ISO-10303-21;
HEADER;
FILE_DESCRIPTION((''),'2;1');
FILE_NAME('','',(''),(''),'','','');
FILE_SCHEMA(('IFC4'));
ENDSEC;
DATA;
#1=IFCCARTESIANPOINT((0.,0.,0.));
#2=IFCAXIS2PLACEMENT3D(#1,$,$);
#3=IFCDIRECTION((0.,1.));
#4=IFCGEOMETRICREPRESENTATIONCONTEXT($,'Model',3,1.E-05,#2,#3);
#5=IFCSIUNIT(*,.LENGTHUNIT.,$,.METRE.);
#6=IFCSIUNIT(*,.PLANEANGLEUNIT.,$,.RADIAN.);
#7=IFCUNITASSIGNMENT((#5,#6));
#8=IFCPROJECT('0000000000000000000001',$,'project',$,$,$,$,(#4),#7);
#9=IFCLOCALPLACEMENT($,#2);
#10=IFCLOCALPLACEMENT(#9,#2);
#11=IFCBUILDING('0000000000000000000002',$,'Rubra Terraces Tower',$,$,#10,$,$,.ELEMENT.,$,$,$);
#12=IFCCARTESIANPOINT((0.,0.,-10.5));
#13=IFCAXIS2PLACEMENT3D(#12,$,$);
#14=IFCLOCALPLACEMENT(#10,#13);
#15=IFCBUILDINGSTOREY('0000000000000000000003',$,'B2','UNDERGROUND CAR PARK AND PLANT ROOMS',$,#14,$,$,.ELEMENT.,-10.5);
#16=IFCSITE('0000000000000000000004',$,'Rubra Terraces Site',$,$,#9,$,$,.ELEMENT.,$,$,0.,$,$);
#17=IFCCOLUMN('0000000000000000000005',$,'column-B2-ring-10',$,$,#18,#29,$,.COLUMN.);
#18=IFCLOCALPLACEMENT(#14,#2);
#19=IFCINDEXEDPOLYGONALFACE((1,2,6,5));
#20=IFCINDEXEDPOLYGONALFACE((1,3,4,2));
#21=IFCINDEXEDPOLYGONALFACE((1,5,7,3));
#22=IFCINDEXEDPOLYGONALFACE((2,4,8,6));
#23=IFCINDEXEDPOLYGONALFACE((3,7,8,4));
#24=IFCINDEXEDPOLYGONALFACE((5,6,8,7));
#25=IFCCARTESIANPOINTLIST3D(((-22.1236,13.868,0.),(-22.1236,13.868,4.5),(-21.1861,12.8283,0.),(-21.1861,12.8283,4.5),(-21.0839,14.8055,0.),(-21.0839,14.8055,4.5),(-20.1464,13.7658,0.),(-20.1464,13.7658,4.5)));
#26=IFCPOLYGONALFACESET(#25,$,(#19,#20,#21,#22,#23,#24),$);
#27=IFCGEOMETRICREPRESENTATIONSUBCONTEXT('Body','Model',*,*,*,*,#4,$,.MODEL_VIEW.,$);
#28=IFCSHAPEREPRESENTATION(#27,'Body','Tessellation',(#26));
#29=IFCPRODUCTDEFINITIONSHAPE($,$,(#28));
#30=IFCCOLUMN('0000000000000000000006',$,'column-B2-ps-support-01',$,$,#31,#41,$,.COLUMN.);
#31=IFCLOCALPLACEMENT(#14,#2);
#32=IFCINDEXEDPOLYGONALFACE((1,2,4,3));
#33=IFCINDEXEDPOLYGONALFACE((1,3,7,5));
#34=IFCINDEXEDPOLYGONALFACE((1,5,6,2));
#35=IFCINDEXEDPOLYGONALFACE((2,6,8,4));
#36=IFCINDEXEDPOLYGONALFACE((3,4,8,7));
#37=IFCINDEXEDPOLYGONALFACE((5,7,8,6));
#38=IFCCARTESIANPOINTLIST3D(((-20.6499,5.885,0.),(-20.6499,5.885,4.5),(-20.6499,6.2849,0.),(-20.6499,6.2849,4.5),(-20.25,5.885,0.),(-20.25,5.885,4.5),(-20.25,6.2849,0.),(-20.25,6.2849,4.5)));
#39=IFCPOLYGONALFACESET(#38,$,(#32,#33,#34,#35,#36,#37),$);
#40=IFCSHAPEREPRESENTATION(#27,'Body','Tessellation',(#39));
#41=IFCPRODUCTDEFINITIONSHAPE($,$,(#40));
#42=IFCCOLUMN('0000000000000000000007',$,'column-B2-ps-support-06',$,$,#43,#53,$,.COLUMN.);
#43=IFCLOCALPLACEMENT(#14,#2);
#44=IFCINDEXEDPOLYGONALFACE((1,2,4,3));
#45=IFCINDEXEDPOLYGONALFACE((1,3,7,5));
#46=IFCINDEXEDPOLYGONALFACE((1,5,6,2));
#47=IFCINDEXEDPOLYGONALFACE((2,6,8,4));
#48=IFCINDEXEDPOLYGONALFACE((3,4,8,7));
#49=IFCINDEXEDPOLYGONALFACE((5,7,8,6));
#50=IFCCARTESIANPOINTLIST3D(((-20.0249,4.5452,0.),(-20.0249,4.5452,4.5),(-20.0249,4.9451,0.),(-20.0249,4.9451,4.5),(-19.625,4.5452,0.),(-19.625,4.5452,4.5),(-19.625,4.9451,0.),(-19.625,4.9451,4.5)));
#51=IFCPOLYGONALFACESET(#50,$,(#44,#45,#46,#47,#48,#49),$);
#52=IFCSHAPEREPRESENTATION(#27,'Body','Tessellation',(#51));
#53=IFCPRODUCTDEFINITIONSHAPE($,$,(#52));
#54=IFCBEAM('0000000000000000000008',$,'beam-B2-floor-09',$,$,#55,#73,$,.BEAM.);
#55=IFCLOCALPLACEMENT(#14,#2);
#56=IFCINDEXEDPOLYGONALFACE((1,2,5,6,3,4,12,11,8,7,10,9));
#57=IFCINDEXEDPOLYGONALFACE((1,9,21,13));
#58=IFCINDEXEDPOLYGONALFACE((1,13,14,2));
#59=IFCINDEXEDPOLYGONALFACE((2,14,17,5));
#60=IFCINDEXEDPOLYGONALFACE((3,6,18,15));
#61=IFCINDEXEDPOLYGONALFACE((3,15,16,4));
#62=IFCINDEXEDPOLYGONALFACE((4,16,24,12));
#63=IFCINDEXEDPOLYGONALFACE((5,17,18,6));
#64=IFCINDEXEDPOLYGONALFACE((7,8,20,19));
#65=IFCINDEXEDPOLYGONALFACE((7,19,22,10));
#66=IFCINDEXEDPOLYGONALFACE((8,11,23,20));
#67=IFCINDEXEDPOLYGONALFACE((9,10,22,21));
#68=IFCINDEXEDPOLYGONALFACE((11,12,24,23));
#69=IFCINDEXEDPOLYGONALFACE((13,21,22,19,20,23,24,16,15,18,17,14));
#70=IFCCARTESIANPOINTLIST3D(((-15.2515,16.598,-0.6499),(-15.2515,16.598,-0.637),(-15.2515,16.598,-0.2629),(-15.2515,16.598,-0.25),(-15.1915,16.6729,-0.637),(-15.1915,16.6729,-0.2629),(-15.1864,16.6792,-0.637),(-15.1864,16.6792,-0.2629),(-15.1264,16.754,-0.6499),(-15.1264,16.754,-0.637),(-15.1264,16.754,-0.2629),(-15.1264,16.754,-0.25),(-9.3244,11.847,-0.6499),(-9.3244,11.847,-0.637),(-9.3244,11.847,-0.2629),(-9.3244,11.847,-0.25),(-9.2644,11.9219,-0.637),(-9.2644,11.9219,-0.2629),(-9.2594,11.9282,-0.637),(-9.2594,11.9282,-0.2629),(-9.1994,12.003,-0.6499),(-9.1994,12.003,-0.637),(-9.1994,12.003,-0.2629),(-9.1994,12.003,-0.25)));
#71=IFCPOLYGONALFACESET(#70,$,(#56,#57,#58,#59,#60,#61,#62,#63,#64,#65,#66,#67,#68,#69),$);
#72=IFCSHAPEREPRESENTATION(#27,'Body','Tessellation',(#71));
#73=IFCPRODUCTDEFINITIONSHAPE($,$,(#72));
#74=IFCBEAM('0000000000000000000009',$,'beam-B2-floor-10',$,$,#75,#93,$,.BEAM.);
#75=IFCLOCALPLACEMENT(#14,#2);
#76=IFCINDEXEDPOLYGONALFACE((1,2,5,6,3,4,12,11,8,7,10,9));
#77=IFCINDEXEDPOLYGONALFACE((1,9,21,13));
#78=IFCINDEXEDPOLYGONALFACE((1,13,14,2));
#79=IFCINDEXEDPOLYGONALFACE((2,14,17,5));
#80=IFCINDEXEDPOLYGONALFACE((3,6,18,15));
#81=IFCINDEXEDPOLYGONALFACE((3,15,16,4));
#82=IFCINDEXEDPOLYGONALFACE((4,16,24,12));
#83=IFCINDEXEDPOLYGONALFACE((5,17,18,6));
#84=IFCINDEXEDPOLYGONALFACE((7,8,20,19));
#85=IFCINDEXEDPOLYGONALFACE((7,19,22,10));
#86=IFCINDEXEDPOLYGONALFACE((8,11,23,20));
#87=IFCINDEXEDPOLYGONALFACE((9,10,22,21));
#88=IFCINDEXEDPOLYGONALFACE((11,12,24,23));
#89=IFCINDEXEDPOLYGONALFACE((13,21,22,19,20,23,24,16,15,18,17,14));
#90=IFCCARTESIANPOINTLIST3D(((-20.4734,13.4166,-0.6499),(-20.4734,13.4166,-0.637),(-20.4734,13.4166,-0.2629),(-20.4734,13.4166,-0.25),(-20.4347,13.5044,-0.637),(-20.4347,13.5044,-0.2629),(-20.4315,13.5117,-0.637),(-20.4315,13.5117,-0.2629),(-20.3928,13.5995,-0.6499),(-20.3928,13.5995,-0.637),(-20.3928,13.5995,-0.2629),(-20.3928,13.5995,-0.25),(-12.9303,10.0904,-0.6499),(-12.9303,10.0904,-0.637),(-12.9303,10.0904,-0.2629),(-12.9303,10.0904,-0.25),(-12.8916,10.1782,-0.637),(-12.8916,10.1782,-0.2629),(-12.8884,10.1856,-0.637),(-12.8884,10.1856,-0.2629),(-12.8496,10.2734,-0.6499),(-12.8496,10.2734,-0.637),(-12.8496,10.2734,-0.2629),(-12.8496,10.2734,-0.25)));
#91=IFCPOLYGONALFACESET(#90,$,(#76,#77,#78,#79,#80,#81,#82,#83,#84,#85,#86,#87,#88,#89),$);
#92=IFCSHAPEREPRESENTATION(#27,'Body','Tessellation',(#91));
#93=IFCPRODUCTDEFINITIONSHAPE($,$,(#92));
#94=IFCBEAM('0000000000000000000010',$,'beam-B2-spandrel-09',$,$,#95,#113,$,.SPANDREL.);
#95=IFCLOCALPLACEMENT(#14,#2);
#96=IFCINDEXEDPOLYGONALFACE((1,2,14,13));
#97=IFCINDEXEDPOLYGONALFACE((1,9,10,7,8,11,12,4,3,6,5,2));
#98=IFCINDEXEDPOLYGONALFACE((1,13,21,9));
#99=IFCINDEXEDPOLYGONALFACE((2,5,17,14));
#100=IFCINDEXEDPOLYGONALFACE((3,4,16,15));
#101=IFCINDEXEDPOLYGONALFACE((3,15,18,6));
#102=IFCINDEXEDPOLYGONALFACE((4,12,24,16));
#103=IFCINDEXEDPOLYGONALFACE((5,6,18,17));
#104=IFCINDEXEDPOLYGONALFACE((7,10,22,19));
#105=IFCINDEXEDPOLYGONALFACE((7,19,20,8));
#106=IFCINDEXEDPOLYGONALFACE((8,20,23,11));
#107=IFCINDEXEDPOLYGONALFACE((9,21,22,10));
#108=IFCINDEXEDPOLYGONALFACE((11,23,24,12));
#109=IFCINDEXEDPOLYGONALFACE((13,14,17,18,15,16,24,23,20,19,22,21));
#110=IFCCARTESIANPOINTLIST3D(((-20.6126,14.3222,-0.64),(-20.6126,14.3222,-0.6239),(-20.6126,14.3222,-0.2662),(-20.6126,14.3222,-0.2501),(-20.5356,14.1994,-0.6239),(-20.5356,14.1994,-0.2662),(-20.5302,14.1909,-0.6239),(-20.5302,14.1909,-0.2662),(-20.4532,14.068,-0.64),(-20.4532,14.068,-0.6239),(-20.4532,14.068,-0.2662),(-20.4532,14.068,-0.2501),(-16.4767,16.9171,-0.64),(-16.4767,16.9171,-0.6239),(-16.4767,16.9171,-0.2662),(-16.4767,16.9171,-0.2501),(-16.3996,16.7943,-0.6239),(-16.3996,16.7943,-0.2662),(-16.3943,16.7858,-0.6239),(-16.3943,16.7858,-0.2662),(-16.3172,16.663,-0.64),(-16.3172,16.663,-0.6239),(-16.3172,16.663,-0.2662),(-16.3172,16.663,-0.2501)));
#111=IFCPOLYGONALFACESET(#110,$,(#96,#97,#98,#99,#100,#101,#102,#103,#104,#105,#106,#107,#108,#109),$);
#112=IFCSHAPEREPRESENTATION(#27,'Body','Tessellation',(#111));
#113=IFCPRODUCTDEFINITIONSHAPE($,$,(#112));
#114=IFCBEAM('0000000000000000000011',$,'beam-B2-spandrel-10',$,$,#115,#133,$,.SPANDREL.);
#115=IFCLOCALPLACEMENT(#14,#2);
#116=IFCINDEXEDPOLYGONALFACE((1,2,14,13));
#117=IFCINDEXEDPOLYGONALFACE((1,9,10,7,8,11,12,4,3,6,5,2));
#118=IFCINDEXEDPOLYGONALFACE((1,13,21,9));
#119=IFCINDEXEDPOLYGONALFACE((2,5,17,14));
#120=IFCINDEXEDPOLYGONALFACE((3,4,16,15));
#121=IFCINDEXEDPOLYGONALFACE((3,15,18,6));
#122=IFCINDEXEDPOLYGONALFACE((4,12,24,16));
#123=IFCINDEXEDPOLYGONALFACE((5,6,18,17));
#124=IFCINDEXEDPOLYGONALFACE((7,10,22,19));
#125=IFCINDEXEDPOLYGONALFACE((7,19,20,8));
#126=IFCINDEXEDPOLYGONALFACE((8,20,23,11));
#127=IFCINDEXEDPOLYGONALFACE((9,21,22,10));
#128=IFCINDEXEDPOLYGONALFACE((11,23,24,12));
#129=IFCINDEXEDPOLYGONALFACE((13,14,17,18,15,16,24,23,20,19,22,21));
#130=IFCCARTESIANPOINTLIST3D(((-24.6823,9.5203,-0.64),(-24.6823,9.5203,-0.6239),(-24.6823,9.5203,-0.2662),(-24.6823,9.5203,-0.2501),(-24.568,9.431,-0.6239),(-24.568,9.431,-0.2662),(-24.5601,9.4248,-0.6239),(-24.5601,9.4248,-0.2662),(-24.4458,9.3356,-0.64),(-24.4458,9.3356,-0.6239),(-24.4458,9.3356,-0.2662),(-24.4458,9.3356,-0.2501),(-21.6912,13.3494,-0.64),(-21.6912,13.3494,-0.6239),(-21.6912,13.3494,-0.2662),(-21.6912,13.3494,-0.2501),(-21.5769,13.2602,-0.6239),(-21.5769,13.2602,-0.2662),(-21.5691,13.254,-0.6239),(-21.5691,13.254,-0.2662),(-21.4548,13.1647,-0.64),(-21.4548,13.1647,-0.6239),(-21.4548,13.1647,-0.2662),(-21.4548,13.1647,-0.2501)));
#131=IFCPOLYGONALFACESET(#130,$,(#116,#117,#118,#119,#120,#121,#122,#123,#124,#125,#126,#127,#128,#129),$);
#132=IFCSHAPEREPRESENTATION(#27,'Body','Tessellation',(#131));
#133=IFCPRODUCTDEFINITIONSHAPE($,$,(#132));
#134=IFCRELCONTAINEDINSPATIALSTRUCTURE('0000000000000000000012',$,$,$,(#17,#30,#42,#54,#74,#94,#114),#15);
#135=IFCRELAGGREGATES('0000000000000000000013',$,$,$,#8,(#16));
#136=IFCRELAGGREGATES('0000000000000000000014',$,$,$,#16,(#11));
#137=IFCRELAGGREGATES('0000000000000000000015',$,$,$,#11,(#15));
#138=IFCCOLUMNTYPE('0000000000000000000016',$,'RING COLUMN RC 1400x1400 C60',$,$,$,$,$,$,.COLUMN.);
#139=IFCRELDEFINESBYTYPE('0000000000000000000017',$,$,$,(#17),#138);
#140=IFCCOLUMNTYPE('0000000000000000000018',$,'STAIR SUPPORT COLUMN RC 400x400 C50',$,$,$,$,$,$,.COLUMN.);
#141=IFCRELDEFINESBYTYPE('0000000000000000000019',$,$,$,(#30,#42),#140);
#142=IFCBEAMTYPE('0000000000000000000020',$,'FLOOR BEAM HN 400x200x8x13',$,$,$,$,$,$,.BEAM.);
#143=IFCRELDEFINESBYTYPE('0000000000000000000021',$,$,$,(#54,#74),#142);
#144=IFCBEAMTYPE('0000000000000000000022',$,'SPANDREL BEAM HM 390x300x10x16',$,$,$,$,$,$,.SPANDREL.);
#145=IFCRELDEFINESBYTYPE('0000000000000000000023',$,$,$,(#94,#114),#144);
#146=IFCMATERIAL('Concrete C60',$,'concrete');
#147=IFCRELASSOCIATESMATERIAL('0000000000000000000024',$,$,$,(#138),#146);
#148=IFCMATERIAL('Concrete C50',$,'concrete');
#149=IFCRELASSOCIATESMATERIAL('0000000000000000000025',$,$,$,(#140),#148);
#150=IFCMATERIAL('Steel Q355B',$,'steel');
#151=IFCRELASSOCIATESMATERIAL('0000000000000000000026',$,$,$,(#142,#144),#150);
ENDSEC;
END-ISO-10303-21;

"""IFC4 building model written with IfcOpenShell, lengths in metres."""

from ifc_helpers import new_model, si_unit, direction, frame, origin, origin_2d, place, context, subcontext, project, spatial, rectangle, i_section, extrude, material, material_profile, profile_set, type_object, element, save


model = new_model("IFC4")

# Units and contexts
model_context = context("Model", 3, precision=1e-05, world=origin(), true_north=direction((0.0, 1.0)))
body_context = subcontext(model_context, "Body", "Model", "MODEL_VIEW")
ifc_project = project(units=[si_unit("LENGTHUNIT", "METRE"), si_unit("PLANEANGLEUNIT", "RADIAN")], contexts=[model_context])

# Site, building, storey
site_placement = place(None, origin())
site = spatial("IfcSite", under=ifc_project, at=site_placement, Name="Rubra Terraces Site", CompositionType="ELEMENT", RefElevation=0.0)
building_placement = place(site_placement, origin())
building = spatial("IfcBuilding", under=site, at=building_placement, Name="Rubra Terraces Tower", CompositionType="ELEMENT")
storey_placement = place(building_placement, frame((0.0, 0.0, -10.5)))
storey = spatial("IfcBuildingStorey", under=building, at=storey_placement, Name="B2", Description="UNDERGROUND CAR PARK AND PLANT ROOMS", CompositionType="ELEMENT", Elevation=-10.5)

# Columns
ifc_material_1 = material(Name="Concrete C60", Category="concrete")
ifc_material_profile_1 = material_profile(ifc_material_1, rectangle(XDim=1.3999, YDim=1.3999, at=origin_2d()), Name="RC 1400x1400")
ifc_profile_set_1 = profile_set([ifc_material_profile_1], Name="Concrete C60")
column_type_1 = type_object("IfcColumnType", Name="RING COLUMN RC 1400x1400 C60", PredefinedType="COLUMN", material=ifc_profile_set_1)
column_placement = place(storey_placement, frame((-21.135, 13.8169, 0.0), z_axis=(0.0, 0.0, 1.0), x_axis=(-0.742676, -0.669651, 0.0)))
element("IfcColumn", 1, at=column_placement, inside=storey, type_object=column_type_1, Name="column-B2-ring-10", PredefinedType="COLUMN", context=body_context, shape_type="SweptSolid", body=[
    extrude(rectangle(XDim=1.3999, YDim=1.3999, at=origin_2d()), origin(), (0.0, 0.0, 1.0), 4.5),
])
ifc_material_2 = material(Name="Concrete C50", Category="concrete")
ifc_material_profile_2 = material_profile(ifc_material_2, rectangle(XDim=0.3999, YDim=0.3999, at=origin_2d()), Name="RC 400x400")
ifc_profile_set_2 = profile_set([ifc_material_profile_2], Name="Concrete C50")
column_type_2 = type_object("IfcColumnType", Name="STAIR SUPPORT COLUMN RC 400x400 C50", PredefinedType="COLUMN", material=ifc_profile_set_2)
for number, where, z_axis, x_axis, name in (
    (2, (-20.45, 6.085, 0.0), (0.0, 0.0, 1.0), (1.0, 0.0, 0.0), "column-B2-ps-support-01"),
    (3, (-19.825, 4.7451, 0.0), (0.0, 0.0, 1.0), (1.0, 0.0, 0.0), "column-B2-ps-support-06"),
):
    element("IfcColumn", number, at=place(storey_placement, frame(where, z_axis=z_axis, x_axis=x_axis)), inside=storey, type_object=column_type_2, Name=name, PredefinedType="COLUMN", context=body_context, shape_type="SweptSolid", body=[
        extrude(rectangle(XDim=0.3999, YDim=0.3999, at=origin_2d()), origin(), (0.0, 0.0, 1.0), 4.5),
    ])

# Beams
ifc_material_3 = material(Name="Steel Q355B", Category="steel")
ifc_material_profile_3 = material_profile(ifc_material_3, i_section(OverallWidth=0.2, OverallDepth=0.3999, WebThickness=0.0081, FlangeThickness=0.0129, at=origin_2d()), Name="HN 400x200x8x13")
ifc_profile_set_3 = profile_set([ifc_material_profile_3], Name="Steel Q355B")
beam_type_1 = type_object("IfcBeamType", Name="FLOOR BEAM HN 400x200x8x13", PredefinedType="BEAM", material=ifc_profile_set_3)
beam_1_placement = place(storey_placement, frame((-15.189, 16.676, -0.45), z_axis=(0.780266, -0.625447, 0.0), x_axis=(0.625447, 0.780266, 0.0)))
element("IfcBeam", 4, at=beam_1_placement, inside=storey, type_object=beam_type_1, Name="beam-B2-floor-09", PredefinedType="BEAM", context=body_context, shape_type="SweptSolid", body=[
    extrude(i_section(OverallWidth=0.2, OverallDepth=0.3999, WebThickness=0.0081, FlangeThickness=0.0129, at=origin_2d()), origin(), (0.0, 0.0, 1.0), 7.5962),
])
beam_2_placement = place(storey_placement, frame((-20.4331, 13.5081, -0.45), z_axis=(0.914995, -0.403466, 0.0), x_axis=(0.403466, 0.914995, 0.0)))
element("IfcBeam", 5, at=beam_2_placement, inside=storey, type_object=beam_type_1, Name="beam-B2-floor-10", PredefinedType="BEAM", context=body_context, shape_type="SweptSolid", body=[
    extrude(i_section(OverallWidth=0.2, OverallDepth=0.3999, WebThickness=0.0081, FlangeThickness=0.0129, at=origin_2d()), origin(), (0.0, 0.0, 1.0), 8.2439),
])
ifc_material_profile_4 = material_profile(ifc_material_3, i_section(OverallWidth=0.3, OverallDepth=0.3899, WebThickness=0.01, FlangeThickness=0.0161, at=origin_2d()), Name="HM 390x300x10x16")
ifc_profile_set_4 = profile_set([ifc_material_profile_4], Name="Steel Q355B")
beam_type_2 = type_object("IfcBeamType", Name="SPANDREL BEAM HM 390x300x10x16", PredefinedType="SPANDREL", material=ifc_profile_set_4)
beam_3_placement = place(storey_placement, frame((-16.397, 16.79, -0.4451), z_axis=(-0.847078, -0.531468, 0.0), x_axis=(0.531468, -0.847078, 0.0)))
element("IfcBeam", 6, at=beam_3_placement, inside=storey, type_object=beam_type_2, Name="beam-B2-spandrel-09", PredefinedType="SPANDREL", context=body_context, shape_type="SweptSolid", body=[
    extrude(i_section(OverallWidth=0.3, OverallDepth=0.3899, WebThickness=0.01, FlangeThickness=0.0161, at=origin_2d()), origin(), (0.0, 0.0, 1.0), 4.8826),
])
beam_4_placement = place(storey_placement, frame((-21.573, 13.2571, -0.4451), z_axis=(-0.615578, -0.788076, 0.0), x_axis=(0.788076, -0.615578, 0.0)))
element("IfcBeam", 7, at=beam_4_placement, inside=storey, type_object=beam_type_2, Name="beam-B2-spandrel-10", PredefinedType="SPANDREL", context=body_context, shape_type="SweptSolid", body=[
    extrude(i_section(OverallWidth=0.3, OverallDepth=0.3899, WebThickness=0.01, FlangeThickness=0.0161, at=origin_2d()), origin(), (0.0, 0.0, 1.0), 4.8589),
])

save(model, "model.ifc")
